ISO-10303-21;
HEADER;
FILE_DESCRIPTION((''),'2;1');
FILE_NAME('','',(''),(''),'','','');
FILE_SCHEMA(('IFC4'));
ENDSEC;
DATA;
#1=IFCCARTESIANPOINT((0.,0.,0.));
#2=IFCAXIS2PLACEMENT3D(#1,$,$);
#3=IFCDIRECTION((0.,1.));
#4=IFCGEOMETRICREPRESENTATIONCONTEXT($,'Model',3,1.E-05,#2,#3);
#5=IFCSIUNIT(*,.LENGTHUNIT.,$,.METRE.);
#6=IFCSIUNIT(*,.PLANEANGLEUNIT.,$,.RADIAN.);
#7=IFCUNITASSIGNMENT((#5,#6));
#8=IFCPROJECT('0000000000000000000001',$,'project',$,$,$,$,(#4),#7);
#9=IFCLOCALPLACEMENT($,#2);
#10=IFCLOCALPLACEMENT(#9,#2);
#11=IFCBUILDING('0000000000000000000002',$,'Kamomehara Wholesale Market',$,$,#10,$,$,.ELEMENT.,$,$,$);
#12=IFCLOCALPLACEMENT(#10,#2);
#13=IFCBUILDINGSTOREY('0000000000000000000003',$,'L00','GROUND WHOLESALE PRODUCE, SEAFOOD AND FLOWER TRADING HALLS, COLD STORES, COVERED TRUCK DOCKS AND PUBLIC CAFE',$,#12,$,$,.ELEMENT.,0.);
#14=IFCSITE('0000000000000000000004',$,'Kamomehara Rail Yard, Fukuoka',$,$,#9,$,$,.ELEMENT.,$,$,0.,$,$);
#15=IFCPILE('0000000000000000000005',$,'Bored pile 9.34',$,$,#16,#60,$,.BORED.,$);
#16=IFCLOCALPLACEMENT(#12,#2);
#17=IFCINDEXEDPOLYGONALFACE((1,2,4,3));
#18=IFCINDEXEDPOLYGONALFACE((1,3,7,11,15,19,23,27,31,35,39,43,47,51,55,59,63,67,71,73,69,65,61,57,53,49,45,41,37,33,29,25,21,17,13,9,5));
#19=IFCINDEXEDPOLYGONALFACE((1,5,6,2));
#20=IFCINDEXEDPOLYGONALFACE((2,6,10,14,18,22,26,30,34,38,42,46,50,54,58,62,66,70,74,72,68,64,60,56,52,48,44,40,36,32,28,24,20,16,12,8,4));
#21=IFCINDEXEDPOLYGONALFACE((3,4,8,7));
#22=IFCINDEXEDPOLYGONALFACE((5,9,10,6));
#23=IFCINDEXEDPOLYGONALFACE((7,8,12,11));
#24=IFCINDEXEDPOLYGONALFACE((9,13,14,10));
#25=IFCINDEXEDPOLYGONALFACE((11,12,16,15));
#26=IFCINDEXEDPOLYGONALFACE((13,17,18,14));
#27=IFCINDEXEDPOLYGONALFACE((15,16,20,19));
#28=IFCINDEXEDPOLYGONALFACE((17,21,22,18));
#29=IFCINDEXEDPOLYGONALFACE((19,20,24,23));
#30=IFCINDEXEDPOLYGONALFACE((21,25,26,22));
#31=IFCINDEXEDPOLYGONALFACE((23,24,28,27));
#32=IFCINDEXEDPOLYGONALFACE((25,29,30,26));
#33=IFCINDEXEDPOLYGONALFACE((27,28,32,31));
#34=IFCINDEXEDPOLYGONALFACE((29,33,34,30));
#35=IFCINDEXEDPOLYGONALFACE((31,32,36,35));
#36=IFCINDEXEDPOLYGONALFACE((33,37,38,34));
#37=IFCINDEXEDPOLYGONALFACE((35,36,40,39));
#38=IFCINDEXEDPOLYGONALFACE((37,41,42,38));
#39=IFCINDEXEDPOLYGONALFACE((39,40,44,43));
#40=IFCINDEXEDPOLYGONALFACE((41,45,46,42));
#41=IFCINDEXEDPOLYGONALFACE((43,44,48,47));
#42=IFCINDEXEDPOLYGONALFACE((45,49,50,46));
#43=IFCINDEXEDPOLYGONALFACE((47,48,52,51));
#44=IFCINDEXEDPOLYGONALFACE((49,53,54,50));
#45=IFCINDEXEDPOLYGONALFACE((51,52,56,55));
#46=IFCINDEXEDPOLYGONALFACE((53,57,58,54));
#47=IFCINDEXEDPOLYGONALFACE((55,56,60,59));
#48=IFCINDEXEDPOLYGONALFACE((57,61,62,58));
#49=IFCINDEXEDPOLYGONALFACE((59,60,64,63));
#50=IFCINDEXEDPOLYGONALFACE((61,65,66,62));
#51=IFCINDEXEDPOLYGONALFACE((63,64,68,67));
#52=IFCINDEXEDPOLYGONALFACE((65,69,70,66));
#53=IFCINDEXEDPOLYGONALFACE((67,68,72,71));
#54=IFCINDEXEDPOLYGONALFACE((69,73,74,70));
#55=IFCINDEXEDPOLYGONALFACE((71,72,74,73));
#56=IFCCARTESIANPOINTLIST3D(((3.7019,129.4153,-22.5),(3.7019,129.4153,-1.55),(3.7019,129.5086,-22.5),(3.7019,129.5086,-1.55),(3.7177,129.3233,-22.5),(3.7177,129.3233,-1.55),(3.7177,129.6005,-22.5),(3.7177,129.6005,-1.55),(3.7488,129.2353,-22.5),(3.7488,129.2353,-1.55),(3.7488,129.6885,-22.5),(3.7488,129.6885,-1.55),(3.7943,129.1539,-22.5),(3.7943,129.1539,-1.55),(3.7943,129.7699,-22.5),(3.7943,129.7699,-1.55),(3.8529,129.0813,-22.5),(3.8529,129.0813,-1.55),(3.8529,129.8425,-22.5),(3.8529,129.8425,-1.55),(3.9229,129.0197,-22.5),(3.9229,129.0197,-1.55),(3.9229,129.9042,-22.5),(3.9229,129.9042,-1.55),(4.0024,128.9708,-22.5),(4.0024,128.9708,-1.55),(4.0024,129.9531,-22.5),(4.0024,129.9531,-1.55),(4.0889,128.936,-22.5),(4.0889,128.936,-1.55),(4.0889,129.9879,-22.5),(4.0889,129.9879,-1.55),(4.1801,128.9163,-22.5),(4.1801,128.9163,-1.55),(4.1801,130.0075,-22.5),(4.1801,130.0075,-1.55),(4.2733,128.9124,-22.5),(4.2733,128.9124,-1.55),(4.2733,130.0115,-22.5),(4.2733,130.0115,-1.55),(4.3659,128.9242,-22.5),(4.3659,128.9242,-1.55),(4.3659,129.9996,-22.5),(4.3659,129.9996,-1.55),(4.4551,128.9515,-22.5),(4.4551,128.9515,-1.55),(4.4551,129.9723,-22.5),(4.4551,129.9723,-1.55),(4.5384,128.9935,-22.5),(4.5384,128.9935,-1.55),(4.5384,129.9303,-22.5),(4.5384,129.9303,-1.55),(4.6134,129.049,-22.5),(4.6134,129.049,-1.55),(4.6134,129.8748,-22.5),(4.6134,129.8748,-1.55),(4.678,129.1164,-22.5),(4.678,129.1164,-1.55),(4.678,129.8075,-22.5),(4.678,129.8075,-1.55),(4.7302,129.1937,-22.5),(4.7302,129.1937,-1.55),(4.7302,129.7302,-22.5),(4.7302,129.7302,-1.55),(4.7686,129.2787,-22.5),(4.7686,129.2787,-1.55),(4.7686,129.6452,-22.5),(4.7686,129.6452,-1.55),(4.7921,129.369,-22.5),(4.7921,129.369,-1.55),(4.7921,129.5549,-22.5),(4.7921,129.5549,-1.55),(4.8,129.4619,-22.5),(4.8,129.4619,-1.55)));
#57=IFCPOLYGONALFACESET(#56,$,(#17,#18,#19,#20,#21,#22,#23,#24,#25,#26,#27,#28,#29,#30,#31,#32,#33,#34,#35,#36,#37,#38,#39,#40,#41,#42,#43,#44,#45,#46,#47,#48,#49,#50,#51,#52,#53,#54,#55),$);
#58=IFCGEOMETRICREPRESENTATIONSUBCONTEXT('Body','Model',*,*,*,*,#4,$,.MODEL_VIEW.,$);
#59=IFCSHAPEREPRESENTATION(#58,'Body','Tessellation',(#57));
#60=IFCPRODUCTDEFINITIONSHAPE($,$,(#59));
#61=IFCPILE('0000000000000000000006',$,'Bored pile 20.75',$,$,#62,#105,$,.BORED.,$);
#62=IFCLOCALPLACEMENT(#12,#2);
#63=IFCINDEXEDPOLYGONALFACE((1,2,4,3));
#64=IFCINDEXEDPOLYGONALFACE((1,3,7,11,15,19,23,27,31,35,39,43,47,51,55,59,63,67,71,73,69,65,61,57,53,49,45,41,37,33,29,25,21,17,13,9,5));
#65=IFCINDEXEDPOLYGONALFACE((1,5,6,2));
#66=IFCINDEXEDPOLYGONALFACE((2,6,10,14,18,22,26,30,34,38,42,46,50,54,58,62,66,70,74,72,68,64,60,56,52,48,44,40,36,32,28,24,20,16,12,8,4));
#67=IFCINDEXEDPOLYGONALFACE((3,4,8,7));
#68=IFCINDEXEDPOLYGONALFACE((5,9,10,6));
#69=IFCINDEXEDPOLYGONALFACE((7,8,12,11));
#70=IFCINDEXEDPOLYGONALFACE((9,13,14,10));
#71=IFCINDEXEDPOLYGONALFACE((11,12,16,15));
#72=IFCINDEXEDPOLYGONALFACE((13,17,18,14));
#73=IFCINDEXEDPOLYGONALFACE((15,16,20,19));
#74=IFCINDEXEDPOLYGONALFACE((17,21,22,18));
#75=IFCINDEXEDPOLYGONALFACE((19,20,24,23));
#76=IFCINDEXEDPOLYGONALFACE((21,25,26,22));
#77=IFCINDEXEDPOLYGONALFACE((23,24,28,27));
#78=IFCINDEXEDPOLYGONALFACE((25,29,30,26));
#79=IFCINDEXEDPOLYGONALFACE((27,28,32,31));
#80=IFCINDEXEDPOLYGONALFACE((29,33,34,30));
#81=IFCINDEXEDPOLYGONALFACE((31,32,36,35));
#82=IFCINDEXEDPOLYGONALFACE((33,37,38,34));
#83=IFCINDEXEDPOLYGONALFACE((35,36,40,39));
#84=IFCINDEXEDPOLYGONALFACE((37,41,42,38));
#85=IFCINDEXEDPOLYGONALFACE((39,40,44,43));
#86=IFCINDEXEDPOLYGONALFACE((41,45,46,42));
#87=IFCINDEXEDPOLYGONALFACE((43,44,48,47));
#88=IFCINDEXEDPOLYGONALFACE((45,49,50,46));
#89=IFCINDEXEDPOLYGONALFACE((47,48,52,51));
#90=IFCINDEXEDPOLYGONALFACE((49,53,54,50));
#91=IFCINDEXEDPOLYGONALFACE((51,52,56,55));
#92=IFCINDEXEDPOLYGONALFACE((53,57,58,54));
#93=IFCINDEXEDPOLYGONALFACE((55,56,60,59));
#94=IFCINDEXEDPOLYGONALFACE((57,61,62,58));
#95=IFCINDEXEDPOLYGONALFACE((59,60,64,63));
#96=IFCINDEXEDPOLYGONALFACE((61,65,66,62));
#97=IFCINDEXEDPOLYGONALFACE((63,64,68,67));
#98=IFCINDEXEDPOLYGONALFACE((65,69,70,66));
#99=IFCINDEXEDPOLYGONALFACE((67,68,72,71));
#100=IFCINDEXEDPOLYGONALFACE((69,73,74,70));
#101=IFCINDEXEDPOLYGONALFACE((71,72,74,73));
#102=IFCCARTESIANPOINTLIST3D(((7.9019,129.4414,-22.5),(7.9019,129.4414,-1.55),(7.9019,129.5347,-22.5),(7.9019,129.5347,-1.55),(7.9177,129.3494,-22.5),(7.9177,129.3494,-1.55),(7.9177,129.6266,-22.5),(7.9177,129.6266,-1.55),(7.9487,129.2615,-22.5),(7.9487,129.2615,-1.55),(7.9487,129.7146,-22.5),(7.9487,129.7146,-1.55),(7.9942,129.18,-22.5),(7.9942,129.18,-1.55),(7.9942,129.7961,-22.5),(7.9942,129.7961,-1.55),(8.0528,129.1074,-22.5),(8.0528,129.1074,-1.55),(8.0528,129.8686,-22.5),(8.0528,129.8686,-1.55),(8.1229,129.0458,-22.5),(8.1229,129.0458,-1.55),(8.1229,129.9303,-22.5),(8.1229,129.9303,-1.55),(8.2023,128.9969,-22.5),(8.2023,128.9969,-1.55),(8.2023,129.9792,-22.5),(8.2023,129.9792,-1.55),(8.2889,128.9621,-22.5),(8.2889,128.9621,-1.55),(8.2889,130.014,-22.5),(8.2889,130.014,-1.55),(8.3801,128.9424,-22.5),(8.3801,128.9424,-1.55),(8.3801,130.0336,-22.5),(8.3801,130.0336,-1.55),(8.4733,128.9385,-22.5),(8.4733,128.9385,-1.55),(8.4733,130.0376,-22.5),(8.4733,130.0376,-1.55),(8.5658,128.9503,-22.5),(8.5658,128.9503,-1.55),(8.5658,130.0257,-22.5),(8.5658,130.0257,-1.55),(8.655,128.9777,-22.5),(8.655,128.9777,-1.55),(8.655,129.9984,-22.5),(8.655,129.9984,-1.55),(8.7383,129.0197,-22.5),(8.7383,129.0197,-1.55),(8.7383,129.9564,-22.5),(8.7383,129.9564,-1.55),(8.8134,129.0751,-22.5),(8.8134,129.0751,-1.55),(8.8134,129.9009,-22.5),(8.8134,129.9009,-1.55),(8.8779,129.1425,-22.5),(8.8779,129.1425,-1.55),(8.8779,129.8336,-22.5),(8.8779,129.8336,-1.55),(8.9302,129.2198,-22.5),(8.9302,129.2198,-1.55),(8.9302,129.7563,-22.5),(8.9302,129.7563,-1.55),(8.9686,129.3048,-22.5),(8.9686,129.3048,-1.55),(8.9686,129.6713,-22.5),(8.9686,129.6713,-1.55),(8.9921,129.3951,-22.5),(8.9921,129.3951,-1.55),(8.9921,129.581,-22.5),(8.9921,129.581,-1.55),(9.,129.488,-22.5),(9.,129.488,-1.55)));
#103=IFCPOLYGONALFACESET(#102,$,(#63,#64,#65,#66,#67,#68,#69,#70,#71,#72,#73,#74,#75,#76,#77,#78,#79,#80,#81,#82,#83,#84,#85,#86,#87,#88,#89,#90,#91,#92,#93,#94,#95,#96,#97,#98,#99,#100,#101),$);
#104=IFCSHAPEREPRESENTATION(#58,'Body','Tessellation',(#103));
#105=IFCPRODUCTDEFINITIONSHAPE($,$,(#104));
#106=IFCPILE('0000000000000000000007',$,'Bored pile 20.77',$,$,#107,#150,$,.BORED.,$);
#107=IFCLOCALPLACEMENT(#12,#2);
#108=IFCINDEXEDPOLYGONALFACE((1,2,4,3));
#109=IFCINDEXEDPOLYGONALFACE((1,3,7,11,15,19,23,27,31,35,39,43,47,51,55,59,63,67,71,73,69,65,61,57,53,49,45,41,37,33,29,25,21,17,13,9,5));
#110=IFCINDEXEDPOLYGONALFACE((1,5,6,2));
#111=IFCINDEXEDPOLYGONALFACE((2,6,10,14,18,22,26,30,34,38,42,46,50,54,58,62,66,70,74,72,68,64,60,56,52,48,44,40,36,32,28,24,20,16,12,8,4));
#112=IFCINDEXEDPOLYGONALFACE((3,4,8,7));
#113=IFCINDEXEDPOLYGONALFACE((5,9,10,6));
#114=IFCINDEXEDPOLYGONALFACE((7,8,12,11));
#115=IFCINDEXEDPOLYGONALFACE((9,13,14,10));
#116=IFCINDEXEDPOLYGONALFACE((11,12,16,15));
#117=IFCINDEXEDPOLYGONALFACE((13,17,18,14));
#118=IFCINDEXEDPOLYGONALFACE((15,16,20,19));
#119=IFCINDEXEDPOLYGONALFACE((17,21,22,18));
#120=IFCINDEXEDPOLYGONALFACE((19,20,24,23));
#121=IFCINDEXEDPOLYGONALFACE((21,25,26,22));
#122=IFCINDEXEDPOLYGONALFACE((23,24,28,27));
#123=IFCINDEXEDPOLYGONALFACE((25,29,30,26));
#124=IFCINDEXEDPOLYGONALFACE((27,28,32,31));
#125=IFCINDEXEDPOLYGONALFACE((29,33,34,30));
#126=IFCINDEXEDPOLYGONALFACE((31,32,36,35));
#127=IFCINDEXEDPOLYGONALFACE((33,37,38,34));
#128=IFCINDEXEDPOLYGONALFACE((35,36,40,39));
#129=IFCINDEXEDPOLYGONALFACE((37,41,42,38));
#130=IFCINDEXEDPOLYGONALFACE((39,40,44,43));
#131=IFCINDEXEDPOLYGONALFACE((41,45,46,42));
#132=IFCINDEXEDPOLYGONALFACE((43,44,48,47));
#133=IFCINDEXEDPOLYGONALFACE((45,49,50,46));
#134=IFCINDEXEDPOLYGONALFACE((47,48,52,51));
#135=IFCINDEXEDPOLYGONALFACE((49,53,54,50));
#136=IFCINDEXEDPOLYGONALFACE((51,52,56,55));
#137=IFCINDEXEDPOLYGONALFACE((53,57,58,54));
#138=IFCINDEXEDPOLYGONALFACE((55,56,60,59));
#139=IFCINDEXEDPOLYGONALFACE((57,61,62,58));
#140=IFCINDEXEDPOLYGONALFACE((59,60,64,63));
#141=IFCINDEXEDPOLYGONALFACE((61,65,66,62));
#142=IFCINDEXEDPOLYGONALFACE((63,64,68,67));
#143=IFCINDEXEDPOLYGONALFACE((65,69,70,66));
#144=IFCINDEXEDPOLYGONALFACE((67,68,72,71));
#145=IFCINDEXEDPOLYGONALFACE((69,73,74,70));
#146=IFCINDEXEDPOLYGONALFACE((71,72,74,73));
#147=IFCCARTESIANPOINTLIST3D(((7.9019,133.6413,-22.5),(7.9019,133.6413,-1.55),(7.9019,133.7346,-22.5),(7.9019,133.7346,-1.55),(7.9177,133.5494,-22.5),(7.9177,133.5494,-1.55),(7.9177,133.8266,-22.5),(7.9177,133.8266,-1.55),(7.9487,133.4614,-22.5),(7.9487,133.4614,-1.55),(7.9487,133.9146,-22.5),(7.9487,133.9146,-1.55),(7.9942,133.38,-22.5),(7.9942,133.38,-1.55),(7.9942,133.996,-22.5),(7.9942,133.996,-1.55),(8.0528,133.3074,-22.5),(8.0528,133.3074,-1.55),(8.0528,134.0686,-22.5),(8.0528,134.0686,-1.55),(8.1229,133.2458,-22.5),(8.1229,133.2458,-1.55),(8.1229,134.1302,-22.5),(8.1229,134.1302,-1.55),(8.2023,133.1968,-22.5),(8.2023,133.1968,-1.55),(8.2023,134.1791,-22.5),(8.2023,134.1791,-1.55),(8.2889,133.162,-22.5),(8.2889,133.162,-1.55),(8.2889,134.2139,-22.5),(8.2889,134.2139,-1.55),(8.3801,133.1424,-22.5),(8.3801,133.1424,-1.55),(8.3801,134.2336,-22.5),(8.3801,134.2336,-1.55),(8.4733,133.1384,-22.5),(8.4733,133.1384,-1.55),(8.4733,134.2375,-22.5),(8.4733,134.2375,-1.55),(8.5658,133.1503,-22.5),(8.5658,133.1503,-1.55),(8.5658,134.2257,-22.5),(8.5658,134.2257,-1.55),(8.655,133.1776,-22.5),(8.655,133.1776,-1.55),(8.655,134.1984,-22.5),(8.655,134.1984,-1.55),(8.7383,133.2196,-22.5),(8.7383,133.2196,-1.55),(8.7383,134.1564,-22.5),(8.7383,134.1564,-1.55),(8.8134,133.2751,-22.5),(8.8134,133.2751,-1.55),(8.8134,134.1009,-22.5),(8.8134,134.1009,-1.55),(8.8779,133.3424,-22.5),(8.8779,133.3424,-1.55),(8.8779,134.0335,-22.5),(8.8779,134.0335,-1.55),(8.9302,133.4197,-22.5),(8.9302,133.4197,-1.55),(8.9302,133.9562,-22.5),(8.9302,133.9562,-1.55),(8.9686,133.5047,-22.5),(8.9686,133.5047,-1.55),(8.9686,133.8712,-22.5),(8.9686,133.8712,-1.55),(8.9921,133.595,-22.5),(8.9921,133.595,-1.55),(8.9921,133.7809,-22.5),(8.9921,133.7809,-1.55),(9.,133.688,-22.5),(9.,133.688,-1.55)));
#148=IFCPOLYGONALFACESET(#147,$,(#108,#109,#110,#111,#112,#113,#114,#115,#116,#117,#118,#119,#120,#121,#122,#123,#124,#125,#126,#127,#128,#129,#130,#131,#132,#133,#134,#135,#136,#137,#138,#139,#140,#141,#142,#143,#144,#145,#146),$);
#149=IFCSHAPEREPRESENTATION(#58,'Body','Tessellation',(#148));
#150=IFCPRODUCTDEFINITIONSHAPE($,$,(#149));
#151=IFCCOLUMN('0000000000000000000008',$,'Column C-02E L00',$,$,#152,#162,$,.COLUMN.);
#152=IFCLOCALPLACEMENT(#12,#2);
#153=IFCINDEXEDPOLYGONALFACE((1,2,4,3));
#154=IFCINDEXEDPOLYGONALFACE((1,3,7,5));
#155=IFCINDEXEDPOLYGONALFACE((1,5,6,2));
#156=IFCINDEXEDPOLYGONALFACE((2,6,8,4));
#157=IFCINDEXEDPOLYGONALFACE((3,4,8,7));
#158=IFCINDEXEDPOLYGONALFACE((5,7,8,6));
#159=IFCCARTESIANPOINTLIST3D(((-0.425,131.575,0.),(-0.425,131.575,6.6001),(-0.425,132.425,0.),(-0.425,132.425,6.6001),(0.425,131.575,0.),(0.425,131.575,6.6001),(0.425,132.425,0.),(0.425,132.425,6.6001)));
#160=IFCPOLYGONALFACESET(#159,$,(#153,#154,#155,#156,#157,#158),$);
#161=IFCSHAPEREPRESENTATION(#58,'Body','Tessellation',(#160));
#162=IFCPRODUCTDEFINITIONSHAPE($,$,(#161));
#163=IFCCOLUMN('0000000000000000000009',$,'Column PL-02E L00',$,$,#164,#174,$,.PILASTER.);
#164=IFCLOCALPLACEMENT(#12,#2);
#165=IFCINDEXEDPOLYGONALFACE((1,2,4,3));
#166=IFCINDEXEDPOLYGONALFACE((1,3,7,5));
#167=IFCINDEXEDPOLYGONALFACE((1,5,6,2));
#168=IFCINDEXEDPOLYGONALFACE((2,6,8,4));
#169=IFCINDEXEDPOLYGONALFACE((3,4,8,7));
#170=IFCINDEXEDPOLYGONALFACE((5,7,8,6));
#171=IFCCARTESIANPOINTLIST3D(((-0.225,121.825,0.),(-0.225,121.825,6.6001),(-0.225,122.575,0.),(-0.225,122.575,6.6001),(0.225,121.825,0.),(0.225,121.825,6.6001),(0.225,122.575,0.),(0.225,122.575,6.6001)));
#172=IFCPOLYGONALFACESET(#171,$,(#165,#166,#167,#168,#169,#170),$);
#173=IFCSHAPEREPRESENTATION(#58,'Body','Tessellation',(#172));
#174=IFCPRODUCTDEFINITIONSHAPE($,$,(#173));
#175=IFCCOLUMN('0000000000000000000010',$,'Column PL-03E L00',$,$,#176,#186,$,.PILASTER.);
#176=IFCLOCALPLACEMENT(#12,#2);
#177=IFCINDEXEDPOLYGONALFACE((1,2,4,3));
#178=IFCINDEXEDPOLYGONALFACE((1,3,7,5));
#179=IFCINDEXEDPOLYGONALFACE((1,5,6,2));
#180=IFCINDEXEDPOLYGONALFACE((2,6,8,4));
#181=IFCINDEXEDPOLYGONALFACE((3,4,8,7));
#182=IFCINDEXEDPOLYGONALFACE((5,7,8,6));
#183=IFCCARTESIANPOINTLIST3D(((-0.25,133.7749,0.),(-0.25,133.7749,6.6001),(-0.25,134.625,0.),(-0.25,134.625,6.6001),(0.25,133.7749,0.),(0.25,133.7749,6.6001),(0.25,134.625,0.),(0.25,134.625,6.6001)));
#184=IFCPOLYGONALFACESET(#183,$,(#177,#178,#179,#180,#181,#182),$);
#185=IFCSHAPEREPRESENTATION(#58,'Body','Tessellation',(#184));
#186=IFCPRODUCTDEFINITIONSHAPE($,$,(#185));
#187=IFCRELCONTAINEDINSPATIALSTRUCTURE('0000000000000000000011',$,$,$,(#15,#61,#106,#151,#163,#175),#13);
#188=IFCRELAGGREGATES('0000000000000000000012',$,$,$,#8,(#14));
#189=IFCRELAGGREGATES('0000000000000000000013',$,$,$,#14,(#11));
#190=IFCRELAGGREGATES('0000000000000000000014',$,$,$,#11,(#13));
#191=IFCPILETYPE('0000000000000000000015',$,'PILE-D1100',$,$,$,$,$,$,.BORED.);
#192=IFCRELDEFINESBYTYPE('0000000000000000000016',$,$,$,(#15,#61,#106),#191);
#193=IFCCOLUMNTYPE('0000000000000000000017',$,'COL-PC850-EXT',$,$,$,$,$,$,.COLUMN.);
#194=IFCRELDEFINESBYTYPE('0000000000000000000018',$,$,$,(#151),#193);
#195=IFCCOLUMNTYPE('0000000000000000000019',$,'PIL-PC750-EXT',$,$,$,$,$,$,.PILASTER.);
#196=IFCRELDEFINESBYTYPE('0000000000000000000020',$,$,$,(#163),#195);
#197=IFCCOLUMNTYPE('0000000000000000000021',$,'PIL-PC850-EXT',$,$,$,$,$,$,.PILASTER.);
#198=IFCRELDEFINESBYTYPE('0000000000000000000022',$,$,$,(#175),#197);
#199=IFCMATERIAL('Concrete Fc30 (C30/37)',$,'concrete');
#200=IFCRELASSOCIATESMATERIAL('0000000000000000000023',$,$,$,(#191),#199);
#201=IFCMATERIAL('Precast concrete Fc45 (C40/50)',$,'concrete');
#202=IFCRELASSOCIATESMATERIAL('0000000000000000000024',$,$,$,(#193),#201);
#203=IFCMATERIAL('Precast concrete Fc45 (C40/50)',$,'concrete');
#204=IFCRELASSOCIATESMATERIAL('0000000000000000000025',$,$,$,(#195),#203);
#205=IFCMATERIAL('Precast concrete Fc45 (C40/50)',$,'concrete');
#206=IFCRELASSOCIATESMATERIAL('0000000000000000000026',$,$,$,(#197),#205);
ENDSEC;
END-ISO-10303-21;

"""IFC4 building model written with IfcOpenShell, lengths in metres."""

from ifc_helpers import new_model, si_unit, direction, frame, origin, origin_2d, place, context, subcontext, project, spatial, rectangle, circle, extrude, material, material_profile, profile_set, type_object, element, save


model = new_model("IFC4")

# Units and contexts
model_context = context("Model", 3, precision=1e-05, world=origin(), true_north=direction((0.0, 1.0)))
body_context = subcontext(model_context, "Body", "Model", "MODEL_VIEW")
ifc_project = project(units=[si_unit("LENGTHUNIT", "METRE"), si_unit("PLANEANGLEUNIT", "RADIAN")], contexts=[model_context])

# Site, building, storey
site_placement = place(None, origin())
site = spatial("IfcSite", under=ifc_project, at=site_placement, Name="Kamomehara Rail Yard, Fukuoka", CompositionType="ELEMENT", RefElevation=0.0)
building_placement = place(site_placement, origin())
building = spatial("IfcBuilding", under=site, at=building_placement, Name="Kamomehara Wholesale Market", CompositionType="ELEMENT")
storey_placement = place(building_placement, origin())
storey = spatial("IfcBuildingStorey", under=building, at=storey_placement, Name="L00", Description="GROUND WHOLESALE PRODUCE, SEAFOOD AND FLOWER TRADING HALLS, COLD STORES, COVERED TRUCK DOCKS AND PUBLIC CAFE", CompositionType="ELEMENT", Elevation=0.0)

# Piles
ifc_material_1 = material(Name="Concrete Fc30 (C30/37)", Category="concrete")
ifc_material_profile_1 = material_profile(ifc_material_1, circle(Radius=0.55, at=origin_2d()), Name="RC-PILE-D1100")
ifc_profile_set_1 = profile_set([ifc_material_profile_1], Name="Concrete Fc30 (C30/37)")
pile_type = type_object("IfcPileType", Name="PILE-D1100", PredefinedType="BORED", material=ifc_profile_set_1)
for number, where, z_axis, x_axis, name in (
    (1, (4.25, 129.4619, -1.55), (0.0, 0.0, -1.0), (1.0, 0.0, 0.0), "Bored pile 9.34"),
    (2, (8.45, 129.488, -1.55), (0.0, 0.0, -1.0), (1.0, 0.0, 0.0), "Bored pile 20.75"),
    (3, (8.45, 133.688, -1.55), (0.0, 0.0, -1.0), (1.0, 0.0, 0.0), "Bored pile 20.77"),
):
    element("IfcPile", number, at=place(storey_placement, frame(where, z_axis=z_axis, x_axis=x_axis)), inside=storey, type_object=pile_type, Name=name, PredefinedType="BORED", context=body_context, shape_type="SweptSolid", body=[
        extrude(circle(Radius=0.55, at=origin_2d()), origin(), (0.0, 0.0, 1.0), 20.95),
    ])

# Columns
ifc_material_2 = material(Name="Precast concrete Fc45 (C40/50)", Category="concrete")
ifc_material_profile_2 = material_profile(ifc_material_2, rectangle(XDim=0.8501, YDim=0.8501, at=origin_2d()), Name="PC-COL-850x850")
ifc_profile_set_2 = profile_set([ifc_material_profile_2], Name="Precast concrete Fc45 (C40/50)")
column_type_1 = type_object("IfcColumnType", Name="COL-PC850-EXT", PredefinedType="COLUMN", material=ifc_profile_set_2)
column_1_placement = place(storey_placement, frame((0.0, 132.0, 0.0), z_axis=(0.0, 0.0, 1.0), x_axis=(1.0, 0.0, 0.0)))
element("IfcColumn", 4, at=column_1_placement, inside=storey, type_object=column_type_1, Name="Column C-02E L00", PredefinedType="COLUMN", context=body_context, shape_type="SweptSolid", body=[
    extrude(rectangle(XDim=0.8501, YDim=0.8501, at=origin_2d()), origin(), (0.0, 0.0, 1.0), 6.6001),
])
ifc_material_3 = material(Name="Precast concrete Fc45 (C40/50)", Category="concrete")
ifc_material_profile_3 = material_profile(ifc_material_3, rectangle(XDim=0.45, YDim=0.75, at=origin_2d()), Name="PC-PIL-450x750")
ifc_profile_set_3 = profile_set([ifc_material_profile_3], Name="Precast concrete Fc45 (C40/50)")
column_type_2 = type_object("IfcColumnType", Name="PIL-PC750-EXT", PredefinedType="PILASTER", material=ifc_profile_set_3)
column_2_placement = place(storey_placement, frame((0.0, 122.2, 0.0), z_axis=(0.0, 0.0, 1.0), x_axis=(1.0, 0.0, 0.0)))
element("IfcColumn", 5, at=column_2_placement, inside=storey, type_object=column_type_2, Name="Column PL-02E L00", PredefinedType="PILASTER", context=body_context, shape_type="SweptSolid", body=[
    extrude(rectangle(XDim=0.45, YDim=0.75, at=origin_2d()), origin(), (0.0, 0.0, 1.0), 6.6001),
])
ifc_material_4 = material(Name="Precast concrete Fc45 (C40/50)", Category="concrete")
ifc_material_profile_4 = material_profile(ifc_material_4, rectangle(XDim=0.5, YDim=0.8501, at=origin_2d()), Name="PC-PIL-500x850")
ifc_profile_set_4 = profile_set([ifc_material_profile_4], Name="Precast concrete Fc45 (C40/50)")
column_type_3 = type_object("IfcColumnType", Name="PIL-PC850-EXT", PredefinedType="PILASTER", material=ifc_profile_set_4)
column_3_placement = place(storey_placement, frame((0.0, 134.2, 0.0), z_axis=(0.0, 0.0, 1.0), x_axis=(1.0, 0.0, 0.0)))
element("IfcColumn", 6, at=column_3_placement, inside=storey, type_object=column_type_3, Name="Column PL-03E L00", PredefinedType="PILASTER", context=body_context, shape_type="SweptSolid", body=[
    extrude(rectangle(XDim=0.5, YDim=0.8501, at=origin_2d()), origin(), (0.0, 0.0, 1.0), 6.6001),
])

save(model, "model.ifc")
